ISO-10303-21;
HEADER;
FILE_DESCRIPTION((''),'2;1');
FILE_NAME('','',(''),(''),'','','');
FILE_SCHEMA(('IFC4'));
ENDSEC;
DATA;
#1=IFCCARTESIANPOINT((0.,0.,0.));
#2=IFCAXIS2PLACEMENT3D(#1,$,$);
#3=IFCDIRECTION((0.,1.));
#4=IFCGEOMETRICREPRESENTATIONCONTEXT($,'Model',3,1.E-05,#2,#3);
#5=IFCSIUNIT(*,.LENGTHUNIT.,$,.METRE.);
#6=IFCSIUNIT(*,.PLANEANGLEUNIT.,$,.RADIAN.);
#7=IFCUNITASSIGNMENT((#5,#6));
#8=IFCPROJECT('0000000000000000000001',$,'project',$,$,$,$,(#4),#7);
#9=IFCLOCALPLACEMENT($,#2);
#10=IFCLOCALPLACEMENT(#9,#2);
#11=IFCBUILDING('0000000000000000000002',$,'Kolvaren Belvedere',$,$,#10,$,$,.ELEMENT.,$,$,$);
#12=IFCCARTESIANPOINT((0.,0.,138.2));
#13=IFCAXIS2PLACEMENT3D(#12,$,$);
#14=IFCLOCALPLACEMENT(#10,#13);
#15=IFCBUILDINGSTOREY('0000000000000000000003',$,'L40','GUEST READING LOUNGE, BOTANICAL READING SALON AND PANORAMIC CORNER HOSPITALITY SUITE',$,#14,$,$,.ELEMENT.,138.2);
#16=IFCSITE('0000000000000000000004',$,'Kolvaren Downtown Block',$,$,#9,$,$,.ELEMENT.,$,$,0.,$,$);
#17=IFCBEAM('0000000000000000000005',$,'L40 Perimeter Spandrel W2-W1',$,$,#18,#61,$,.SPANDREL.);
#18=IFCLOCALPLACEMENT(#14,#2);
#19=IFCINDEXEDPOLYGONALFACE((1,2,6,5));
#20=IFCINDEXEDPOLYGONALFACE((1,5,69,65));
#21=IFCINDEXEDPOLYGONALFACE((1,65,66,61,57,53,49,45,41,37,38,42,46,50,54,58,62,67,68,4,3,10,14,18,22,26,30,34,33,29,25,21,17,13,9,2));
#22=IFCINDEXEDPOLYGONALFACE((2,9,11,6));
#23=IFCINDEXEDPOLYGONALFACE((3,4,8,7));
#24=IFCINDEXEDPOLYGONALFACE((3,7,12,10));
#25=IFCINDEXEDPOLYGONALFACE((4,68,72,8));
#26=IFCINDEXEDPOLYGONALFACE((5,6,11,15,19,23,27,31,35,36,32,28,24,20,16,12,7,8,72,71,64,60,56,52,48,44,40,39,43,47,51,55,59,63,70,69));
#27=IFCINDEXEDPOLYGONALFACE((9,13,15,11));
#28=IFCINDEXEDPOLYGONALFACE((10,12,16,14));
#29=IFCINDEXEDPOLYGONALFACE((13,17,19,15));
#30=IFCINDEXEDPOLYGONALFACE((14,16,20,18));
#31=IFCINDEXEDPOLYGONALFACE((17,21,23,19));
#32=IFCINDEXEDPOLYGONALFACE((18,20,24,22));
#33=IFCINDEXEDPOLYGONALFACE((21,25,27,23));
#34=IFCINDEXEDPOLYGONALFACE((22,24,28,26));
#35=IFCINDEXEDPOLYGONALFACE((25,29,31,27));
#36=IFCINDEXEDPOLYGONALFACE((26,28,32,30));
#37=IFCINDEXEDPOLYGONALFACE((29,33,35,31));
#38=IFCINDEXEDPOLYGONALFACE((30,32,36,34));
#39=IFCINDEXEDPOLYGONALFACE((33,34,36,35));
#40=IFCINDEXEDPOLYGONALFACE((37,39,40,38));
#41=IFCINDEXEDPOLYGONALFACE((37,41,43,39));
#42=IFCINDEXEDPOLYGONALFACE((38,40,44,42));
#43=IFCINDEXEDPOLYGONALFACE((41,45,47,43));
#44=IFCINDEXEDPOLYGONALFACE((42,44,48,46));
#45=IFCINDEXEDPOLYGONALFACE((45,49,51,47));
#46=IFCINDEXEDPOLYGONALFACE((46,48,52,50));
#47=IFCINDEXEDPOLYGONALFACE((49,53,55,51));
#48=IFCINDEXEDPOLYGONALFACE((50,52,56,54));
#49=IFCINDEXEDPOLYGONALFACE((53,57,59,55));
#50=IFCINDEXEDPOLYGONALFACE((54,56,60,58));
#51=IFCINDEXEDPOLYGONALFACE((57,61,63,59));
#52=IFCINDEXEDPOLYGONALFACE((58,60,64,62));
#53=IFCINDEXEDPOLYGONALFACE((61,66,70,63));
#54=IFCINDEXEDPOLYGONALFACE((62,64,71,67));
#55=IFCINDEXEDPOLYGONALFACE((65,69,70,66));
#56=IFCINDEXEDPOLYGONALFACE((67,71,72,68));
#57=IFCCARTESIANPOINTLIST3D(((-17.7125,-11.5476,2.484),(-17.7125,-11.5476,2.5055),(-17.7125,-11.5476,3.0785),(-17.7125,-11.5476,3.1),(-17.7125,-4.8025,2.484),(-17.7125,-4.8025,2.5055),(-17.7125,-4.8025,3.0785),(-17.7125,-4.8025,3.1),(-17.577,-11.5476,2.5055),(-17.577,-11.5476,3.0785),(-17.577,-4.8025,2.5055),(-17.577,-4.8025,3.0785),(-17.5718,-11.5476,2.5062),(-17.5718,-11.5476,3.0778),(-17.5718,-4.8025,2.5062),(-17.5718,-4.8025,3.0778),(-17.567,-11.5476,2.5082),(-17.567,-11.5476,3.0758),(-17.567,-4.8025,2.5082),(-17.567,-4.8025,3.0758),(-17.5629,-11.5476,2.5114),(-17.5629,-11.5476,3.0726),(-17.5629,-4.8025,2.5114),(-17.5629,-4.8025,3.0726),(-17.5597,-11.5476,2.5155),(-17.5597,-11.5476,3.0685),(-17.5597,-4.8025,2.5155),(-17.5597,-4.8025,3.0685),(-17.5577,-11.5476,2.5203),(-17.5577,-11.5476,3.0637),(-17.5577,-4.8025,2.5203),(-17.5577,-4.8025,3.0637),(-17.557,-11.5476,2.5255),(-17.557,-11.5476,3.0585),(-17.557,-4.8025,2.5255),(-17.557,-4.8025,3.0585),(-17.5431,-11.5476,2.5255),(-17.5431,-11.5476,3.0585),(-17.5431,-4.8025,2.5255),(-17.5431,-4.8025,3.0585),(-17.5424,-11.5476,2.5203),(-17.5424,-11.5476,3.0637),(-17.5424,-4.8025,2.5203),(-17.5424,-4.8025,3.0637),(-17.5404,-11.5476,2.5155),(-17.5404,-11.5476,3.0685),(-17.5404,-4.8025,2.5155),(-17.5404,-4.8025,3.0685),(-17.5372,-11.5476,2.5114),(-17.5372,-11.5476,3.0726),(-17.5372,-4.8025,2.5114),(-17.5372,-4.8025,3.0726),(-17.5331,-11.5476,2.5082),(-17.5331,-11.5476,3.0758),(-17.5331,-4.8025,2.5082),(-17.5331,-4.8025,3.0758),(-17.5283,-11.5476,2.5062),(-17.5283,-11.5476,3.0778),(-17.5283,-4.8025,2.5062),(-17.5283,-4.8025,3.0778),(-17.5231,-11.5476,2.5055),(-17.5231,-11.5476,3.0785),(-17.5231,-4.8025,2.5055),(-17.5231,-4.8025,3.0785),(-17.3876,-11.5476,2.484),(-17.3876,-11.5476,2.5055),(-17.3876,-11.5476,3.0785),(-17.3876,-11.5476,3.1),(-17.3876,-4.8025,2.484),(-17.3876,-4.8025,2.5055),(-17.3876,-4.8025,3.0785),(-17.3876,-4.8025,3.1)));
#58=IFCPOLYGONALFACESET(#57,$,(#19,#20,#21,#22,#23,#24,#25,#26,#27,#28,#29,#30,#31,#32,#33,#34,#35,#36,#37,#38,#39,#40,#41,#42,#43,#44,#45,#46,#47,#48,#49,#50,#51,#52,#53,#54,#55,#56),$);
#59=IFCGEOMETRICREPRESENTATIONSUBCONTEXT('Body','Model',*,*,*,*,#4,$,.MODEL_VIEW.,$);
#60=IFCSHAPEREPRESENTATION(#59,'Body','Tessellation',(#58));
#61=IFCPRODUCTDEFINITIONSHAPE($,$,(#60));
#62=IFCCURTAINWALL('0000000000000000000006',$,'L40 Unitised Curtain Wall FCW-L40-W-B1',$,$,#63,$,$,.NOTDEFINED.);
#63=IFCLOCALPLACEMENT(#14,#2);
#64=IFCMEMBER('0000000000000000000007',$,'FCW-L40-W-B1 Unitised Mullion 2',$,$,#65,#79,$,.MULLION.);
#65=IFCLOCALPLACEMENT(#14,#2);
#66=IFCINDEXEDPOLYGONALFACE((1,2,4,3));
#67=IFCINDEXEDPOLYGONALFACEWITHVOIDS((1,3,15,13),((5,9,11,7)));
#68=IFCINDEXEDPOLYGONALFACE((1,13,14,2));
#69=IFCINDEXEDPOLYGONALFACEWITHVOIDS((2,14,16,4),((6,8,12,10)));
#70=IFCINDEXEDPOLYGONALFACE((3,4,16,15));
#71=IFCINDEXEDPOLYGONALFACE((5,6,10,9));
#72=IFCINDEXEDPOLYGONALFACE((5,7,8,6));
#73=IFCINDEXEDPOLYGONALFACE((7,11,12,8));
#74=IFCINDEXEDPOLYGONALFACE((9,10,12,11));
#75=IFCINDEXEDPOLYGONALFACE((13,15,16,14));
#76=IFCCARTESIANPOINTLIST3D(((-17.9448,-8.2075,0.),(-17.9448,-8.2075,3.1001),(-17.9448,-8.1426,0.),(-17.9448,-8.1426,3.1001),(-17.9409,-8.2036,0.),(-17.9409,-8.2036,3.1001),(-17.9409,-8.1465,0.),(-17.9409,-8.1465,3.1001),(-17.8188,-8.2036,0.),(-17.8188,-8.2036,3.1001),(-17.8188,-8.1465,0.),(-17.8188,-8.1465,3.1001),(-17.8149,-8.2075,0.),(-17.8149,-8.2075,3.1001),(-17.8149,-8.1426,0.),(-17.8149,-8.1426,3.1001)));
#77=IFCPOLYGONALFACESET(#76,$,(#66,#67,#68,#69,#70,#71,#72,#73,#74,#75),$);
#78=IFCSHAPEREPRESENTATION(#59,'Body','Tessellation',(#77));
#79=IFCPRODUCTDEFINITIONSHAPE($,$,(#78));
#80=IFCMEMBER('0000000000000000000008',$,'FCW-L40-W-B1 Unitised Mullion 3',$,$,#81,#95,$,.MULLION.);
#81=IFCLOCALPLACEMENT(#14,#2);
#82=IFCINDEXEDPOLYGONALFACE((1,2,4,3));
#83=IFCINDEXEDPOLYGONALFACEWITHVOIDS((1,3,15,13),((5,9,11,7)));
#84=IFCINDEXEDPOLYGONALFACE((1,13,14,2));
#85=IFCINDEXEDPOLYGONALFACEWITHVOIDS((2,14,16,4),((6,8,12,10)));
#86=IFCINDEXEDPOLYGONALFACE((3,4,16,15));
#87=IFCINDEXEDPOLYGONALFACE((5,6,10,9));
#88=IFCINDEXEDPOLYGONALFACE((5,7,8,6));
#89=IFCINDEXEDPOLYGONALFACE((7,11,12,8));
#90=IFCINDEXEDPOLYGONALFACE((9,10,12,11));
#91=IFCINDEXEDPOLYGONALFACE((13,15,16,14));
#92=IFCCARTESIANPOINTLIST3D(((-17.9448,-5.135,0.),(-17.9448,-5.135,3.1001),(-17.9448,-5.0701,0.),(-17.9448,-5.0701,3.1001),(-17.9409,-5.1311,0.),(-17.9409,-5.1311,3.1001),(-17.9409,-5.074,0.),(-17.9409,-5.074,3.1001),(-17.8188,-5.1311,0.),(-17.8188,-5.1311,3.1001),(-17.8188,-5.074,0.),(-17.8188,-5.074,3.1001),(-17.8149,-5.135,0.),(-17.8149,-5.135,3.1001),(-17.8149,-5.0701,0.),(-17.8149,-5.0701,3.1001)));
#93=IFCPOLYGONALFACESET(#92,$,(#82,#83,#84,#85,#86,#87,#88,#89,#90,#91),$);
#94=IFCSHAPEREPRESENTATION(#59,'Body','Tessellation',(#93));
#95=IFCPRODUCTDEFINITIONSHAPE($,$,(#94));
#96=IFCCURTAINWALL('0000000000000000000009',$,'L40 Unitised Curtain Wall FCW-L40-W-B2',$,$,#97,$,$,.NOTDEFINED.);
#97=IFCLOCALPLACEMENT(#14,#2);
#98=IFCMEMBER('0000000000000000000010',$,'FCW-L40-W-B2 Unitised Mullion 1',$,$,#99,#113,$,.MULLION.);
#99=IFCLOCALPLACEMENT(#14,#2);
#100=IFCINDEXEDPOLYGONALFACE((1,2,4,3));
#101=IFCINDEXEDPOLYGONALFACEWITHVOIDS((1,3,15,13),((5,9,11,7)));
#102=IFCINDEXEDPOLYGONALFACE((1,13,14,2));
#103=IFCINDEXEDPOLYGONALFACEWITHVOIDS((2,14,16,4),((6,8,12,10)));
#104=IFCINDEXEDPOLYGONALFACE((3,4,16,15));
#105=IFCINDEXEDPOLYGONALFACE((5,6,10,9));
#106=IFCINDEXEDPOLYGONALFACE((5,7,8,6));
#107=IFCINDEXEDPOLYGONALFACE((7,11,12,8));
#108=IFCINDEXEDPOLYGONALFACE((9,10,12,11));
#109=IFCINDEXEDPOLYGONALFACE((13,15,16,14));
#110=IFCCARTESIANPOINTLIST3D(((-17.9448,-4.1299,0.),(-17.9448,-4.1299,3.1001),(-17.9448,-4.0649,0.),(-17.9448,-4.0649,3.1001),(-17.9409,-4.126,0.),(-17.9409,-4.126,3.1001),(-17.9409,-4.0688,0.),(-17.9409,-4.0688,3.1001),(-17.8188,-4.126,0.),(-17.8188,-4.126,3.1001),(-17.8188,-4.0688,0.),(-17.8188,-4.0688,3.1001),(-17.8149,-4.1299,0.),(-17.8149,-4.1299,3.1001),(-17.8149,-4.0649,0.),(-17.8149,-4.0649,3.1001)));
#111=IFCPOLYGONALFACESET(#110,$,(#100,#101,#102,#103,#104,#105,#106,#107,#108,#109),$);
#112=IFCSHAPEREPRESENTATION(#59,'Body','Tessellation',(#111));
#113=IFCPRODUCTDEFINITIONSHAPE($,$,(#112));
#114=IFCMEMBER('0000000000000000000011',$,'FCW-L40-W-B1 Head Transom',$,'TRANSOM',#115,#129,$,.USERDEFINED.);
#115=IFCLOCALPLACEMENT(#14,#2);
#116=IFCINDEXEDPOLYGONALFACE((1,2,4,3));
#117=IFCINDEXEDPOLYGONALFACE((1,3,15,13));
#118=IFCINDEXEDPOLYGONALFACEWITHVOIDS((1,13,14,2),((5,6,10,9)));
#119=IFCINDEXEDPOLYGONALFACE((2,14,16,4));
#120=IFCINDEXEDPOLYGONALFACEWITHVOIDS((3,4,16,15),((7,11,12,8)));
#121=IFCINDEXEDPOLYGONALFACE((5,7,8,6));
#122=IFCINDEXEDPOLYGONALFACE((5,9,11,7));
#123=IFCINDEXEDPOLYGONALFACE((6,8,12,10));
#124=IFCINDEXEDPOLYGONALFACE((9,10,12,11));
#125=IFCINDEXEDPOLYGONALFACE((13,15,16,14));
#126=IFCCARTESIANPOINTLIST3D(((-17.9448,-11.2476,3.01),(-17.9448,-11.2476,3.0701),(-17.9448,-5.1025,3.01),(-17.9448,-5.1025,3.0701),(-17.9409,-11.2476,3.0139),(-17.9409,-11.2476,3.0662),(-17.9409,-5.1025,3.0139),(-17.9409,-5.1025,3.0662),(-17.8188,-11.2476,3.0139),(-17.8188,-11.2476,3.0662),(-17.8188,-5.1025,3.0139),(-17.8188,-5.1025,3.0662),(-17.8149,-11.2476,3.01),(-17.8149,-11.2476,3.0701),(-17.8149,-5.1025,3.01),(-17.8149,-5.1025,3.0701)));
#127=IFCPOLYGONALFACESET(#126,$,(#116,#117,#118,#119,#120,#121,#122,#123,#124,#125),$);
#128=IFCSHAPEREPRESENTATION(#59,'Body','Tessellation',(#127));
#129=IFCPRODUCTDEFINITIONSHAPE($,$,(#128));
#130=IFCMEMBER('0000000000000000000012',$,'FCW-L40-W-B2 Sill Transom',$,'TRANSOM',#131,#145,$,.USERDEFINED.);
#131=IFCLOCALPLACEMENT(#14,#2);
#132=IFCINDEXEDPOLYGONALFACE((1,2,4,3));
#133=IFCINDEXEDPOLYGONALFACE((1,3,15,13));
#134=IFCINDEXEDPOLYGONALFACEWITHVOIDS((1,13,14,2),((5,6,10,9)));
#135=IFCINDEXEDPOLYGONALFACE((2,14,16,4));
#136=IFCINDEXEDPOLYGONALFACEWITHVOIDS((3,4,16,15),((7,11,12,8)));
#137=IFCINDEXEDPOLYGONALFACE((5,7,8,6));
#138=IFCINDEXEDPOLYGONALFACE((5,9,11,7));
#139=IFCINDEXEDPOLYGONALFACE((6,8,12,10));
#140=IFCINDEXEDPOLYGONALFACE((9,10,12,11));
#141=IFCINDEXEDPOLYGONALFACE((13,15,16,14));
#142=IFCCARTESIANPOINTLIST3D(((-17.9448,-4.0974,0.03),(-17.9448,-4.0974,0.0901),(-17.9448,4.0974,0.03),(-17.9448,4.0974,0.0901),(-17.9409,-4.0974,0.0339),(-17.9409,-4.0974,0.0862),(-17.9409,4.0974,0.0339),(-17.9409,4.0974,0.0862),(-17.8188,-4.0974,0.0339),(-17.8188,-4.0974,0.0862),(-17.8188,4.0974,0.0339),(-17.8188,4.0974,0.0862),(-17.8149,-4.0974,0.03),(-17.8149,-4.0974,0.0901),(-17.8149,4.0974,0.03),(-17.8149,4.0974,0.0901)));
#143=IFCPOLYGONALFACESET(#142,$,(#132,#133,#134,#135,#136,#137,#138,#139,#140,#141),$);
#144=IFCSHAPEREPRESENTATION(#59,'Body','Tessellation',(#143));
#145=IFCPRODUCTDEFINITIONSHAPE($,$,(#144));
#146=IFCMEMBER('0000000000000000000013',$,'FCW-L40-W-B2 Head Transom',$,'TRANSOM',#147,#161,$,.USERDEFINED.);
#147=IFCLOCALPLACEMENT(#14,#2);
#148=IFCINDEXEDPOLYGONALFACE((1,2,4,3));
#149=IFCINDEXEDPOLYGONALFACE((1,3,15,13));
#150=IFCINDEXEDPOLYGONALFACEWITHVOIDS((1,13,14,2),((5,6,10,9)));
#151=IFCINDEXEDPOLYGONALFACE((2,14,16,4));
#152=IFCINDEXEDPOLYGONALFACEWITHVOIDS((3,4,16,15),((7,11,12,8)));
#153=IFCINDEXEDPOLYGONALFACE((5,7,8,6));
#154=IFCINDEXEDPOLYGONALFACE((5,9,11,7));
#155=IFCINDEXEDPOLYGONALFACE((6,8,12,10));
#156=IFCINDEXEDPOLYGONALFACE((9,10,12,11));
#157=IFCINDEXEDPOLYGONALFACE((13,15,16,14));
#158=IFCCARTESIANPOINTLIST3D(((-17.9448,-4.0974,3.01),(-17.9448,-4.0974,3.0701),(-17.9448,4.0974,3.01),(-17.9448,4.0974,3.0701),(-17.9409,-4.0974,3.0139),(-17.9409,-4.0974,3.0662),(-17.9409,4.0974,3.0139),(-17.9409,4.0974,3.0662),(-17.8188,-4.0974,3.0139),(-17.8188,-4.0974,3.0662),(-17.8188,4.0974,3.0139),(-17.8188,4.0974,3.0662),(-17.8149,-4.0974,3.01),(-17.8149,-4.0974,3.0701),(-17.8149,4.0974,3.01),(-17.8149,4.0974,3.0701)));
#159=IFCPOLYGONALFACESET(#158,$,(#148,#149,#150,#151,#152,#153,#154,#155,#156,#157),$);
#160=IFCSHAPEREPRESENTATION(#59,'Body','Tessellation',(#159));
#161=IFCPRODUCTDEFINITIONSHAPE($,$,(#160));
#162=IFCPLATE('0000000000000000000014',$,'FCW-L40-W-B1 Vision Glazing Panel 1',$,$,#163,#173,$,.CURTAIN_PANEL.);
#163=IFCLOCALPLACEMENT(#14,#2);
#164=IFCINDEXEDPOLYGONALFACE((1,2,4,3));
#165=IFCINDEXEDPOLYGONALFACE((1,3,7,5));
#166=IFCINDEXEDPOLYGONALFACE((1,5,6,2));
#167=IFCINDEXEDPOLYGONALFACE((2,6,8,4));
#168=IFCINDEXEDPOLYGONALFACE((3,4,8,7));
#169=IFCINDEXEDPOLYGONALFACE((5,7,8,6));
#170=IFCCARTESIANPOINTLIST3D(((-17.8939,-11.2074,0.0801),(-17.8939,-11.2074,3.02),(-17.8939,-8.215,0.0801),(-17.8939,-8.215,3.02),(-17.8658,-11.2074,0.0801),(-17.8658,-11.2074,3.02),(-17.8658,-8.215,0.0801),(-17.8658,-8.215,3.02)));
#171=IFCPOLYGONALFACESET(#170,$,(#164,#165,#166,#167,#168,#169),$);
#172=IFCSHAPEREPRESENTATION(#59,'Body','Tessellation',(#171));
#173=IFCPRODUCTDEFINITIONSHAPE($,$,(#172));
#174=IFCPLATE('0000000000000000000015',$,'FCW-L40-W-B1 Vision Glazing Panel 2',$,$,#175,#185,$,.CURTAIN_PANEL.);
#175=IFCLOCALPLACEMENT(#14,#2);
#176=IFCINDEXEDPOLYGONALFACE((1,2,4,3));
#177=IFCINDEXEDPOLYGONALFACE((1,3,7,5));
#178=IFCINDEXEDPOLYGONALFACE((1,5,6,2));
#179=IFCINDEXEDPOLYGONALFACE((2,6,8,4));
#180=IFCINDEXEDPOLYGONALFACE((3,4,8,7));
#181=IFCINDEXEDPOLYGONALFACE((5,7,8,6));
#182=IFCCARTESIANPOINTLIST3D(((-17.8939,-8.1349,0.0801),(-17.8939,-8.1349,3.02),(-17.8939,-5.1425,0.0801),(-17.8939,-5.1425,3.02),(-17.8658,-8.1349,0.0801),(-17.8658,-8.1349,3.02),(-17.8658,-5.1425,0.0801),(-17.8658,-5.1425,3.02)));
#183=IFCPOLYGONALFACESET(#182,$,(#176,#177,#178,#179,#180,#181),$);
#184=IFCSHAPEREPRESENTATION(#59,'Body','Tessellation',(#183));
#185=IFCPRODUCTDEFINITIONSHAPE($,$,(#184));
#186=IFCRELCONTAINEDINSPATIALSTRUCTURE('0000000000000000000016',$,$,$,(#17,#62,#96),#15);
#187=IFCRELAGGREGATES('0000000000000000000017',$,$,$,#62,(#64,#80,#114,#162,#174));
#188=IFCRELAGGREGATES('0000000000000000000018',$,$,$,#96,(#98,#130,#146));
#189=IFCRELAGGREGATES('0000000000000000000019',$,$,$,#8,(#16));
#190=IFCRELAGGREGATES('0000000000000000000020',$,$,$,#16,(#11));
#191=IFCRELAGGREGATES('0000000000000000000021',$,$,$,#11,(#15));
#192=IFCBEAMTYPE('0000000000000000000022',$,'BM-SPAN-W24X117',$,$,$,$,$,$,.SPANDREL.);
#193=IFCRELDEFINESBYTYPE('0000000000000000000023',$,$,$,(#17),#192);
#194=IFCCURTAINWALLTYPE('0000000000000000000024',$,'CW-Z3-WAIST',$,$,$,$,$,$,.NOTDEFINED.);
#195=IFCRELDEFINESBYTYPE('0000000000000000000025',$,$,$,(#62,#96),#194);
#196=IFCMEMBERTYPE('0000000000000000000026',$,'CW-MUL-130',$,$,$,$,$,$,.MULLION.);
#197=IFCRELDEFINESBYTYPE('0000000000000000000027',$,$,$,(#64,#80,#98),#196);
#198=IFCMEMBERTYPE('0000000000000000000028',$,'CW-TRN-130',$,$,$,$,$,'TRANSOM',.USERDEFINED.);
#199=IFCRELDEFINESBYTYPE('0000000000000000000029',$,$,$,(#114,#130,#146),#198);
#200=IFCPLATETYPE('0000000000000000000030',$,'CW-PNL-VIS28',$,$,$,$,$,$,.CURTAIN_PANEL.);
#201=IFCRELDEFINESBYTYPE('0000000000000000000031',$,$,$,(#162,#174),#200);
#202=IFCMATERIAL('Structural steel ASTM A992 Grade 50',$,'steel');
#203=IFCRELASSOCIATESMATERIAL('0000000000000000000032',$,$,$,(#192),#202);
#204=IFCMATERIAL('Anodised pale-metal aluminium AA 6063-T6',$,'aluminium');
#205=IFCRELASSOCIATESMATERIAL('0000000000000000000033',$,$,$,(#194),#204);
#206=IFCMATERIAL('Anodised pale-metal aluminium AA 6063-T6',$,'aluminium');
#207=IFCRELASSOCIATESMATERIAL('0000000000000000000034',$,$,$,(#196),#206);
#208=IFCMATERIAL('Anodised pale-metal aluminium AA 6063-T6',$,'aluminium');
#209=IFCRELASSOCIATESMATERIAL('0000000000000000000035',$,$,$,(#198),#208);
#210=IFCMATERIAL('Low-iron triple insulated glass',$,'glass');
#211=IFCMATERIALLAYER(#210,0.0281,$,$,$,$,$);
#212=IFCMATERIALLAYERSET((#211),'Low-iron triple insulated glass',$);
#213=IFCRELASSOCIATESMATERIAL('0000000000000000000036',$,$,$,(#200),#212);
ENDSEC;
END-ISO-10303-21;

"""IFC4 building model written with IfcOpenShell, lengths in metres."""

from ifc_helpers import new_model, si_unit, direction, frame, origin, origin_2d, place, context, subcontext, project, spatial, rectangle, hollow_rectangle, i_section, extrude, material, layer, layer_set, material_profile, profile_set, type_object, element, aggregate, save


model = new_model("IFC4")

# Units and contexts
model_context = context("Model", 3, precision=1e-05, world=origin(), true_north=direction((0.0, 1.0)))
body_context = subcontext(model_context, "Body", "Model", "MODEL_VIEW")
ifc_project = project(units=[si_unit("LENGTHUNIT", "METRE"), si_unit("PLANEANGLEUNIT", "RADIAN")], contexts=[model_context])

# Site, building, storey
site_placement = place(None, origin())
site = spatial("IfcSite", under=ifc_project, at=site_placement, Name="Kolvaren Downtown Block", CompositionType="ELEMENT", RefElevation=0.0)
building_placement = place(site_placement, origin())
building = spatial("IfcBuilding", under=site, at=building_placement, Name="Kolvaren Belvedere", CompositionType="ELEMENT")
storey_placement = place(building_placement, frame((0.0, 0.0, 138.2)))
storey = spatial("IfcBuildingStorey", under=building, at=storey_placement, Name="L40", Description="GUEST READING LOUNGE, BOTANICAL READING SALON AND PANORAMIC CORNER HOSPITALITY SUITE", CompositionType="ELEMENT", Elevation=138.2)

# Beam
ifc_material_1 = material(Name="Structural steel ASTM A992 Grade 50", Category="steel")
ifc_material_profile_1 = material_profile(ifc_material_1, i_section(OverallWidth=0.325, OverallDepth=0.616, WebThickness=0.0139, FlangeThickness=0.0215, FilletRadius=0.02, at=origin_2d()), Name="W24X117")
ifc_profile_set_1 = profile_set([ifc_material_profile_1], Name="Structural steel ASTM A992 Grade 50")
beam_type_1 = type_object("IfcBeamType", Name="BM-SPAN-W24X117", PredefinedType="SPANDREL", material=ifc_profile_set_1)
beam_1_placement = place(storey_placement, frame((-17.55, -4.8025, 2.792), z_axis=(0.0, -1.0, 0.0), x_axis=(1.0, 0.0, 0.0)))
element("IfcBeam", 1, at=beam_1_placement, inside=storey, type_object=beam_type_1, Name="L40 Perimeter Spandrel W2-W1", PredefinedType="SPANDREL", context=body_context, shape_type="SweptSolid", body=[
    extrude(i_section(OverallWidth=0.325, OverallDepth=0.616, WebThickness=0.0139, FlangeThickness=0.0215, FilletRadius=0.02, at=origin_2d()), origin(), (0.0, 0.0, 1.0), 6.7451),
])

# Curtain wall, members
ifc_material_2 = material(Name="Anodised pale-metal aluminium AA 6063-T6", Category="aluminium")
curtain_wall_type = type_object("IfcCurtainWallType", Name="CW-Z3-WAIST", PredefinedType="NOTDEFINED", material=ifc_material_2)
curtain_wall_1_placement = place(storey_placement, origin())
curtain_wall_1 = element("IfcCurtainWall", 2, at=curtain_wall_1_placement, inside=storey, type_object=curtain_wall_type, Name="L40 Unitised Curtain Wall FCW-L40-W-B1", PredefinedType="NOTDEFINED")
ifc_material_3 = material(Name="Anodised pale-metal aluminium AA 6063-T6", Category="aluminium")
ifc_material_profile_2 = material_profile(ifc_material_3, hollow_rectangle(XDim=0.0649, YDim=0.1299, WallThickness=0.0039, at=origin_2d()), Name="ALU-MUL-130X65")
ifc_profile_set_2 = profile_set([ifc_material_profile_2], Name="Anodised pale-metal aluminium AA 6063-T6")
member_type_1 = type_object("IfcMemberType", Name="CW-MUL-130", PredefinedType="MULLION", material=ifc_profile_set_2)
member_1_placement = place(storey_placement, frame((-17.8799, -8.175, 0.0), z_axis=(0.0, 0.0, 1.0), x_axis=(0.0, 1.0, 0.0)))
member_1 = element("IfcMember", 3, at=member_1_placement, type_object=member_type_1, Name="FCW-L40-W-B1 Unitised Mullion 2", PredefinedType="MULLION", context=body_context, shape_type="SweptSolid", body=[
    extrude(hollow_rectangle(XDim=0.0649, YDim=0.1299, WallThickness=0.0039, at=origin_2d()), origin(), (0.0, 0.0, 1.0), 3.1001),
])
member_2_placement = place(storey_placement, frame((-17.8799, -5.1025, 0.0), z_axis=(0.0, 0.0, 1.0), x_axis=(0.0, 1.0, 0.0)))
member_2 = element("IfcMember", 4, at=member_2_placement, type_object=member_type_1, Name="FCW-L40-W-B1 Unitised Mullion 3", PredefinedType="MULLION", context=body_context, shape_type="SweptSolid", body=[
    extrude(hollow_rectangle(XDim=0.0649, YDim=0.1299, WallThickness=0.0039, at=origin_2d()), origin(), (0.0, 0.0, 1.0), 3.1001),
])

# Curtain wall, member
curtain_wall_2_placement = place(storey_placement, origin())
curtain_wall_2 = element("IfcCurtainWall", 5, at=curtain_wall_2_placement, inside=storey, type_object=curtain_wall_type, Name="L40 Unitised Curtain Wall FCW-L40-W-B2", PredefinedType="NOTDEFINED")
member_3_placement = place(storey_placement, frame((-17.8799, -4.0974, 0.0), z_axis=(0.0, 0.0, 1.0), x_axis=(0.0, 1.0, 0.0)))
member_3 = element("IfcMember", 6, at=member_3_placement, type_object=member_type_1, Name="FCW-L40-W-B2 Unitised Mullion 1", PredefinedType="MULLION", context=body_context, shape_type="SweptSolid", body=[
    extrude(hollow_rectangle(XDim=0.0649, YDim=0.1299, WallThickness=0.0039, at=origin_2d()), origin(), (0.0, 0.0, 1.0), 3.1001),
])

# Members
ifc_material_4 = material(Name="Anodised pale-metal aluminium AA 6063-T6", Category="aluminium")
ifc_material_profile_3 = material_profile(ifc_material_4, hollow_rectangle(XDim=0.0601, YDim=0.1299, WallThickness=0.0039, at=origin_2d()), Name="ALU-TRN-130X60")
ifc_profile_set_3 = profile_set([ifc_material_profile_3], Name="Anodised pale-metal aluminium AA 6063-T6")
member_type_2 = type_object("IfcMemberType", Name="CW-TRN-130", ElementType="TRANSOM", PredefinedType="USERDEFINED", material=ifc_profile_set_3)
member_4_placement = place(storey_placement, frame((-17.8799, -11.2476, 3.04), z_axis=(0.0, 1.0, 0.0), x_axis=(0.0, 0.0, 1.0)))
member_4 = element("IfcMember", 7, at=member_4_placement, type_object=member_type_2, Name="FCW-L40-W-B1 Head Transom", ObjectType="TRANSOM", PredefinedType="USERDEFINED", context=body_context, shape_type="SweptSolid", body=[
    extrude(hollow_rectangle(XDim=0.0601, YDim=0.1299, WallThickness=0.0039, at=origin_2d()), origin(), (0.0, 0.0, 1.0), 6.145),
])
member_5_placement = place(storey_placement, frame((-17.8799, -4.0974, 0.0601), z_axis=(0.0, 1.0, 0.0), x_axis=(0.0, 0.0, 1.0)))
member_5 = element("IfcMember", 8, at=member_5_placement, type_object=member_type_2, Name="FCW-L40-W-B2 Sill Transom", ObjectType="TRANSOM", PredefinedType="USERDEFINED", context=body_context, shape_type="SweptSolid", body=[
    extrude(hollow_rectangle(XDim=0.0601, YDim=0.1299, WallThickness=0.0039, at=origin_2d()), origin(), (0.0, 0.0, 1.0), 8.1948),
])
member_6_placement = place(storey_placement, frame((-17.8799, -4.0974, 3.04), z_axis=(0.0, 1.0, 0.0), x_axis=(0.0, 0.0, 1.0)))
member_6 = element("IfcMember", 9, at=member_6_placement, type_object=member_type_2, Name="FCW-L40-W-B2 Head Transom", ObjectType="TRANSOM", PredefinedType="USERDEFINED", context=body_context, shape_type="SweptSolid", body=[
    extrude(hollow_rectangle(XDim=0.0601, YDim=0.1299, WallThickness=0.0039, at=origin_2d()), origin(), (0.0, 0.0, 1.0), 8.1948),
])

# Plates
ifc_material_5 = material(Name="Low-iron triple insulated glass", Category="glass")
ifc_layer_1 = layer(ifc_material_5, 0.0281)
ifc_layer_set_1 = layer_set([ifc_layer_1], Name="Low-iron triple insulated glass")
plate_type_1 = type_object("IfcPlateType", Name="CW-PNL-VIS28", PredefinedType="CURTAIN_PANEL", material=ifc_layer_set_1)
plate_1_placement = place(storey_placement, frame((-17.8799, -9.7112, 0.0801), z_axis=(0.0, 0.0, 1.0), x_axis=(0.0, 1.0, 0.0)))
plate_1 = element("IfcPlate", 10, at=plate_1_placement, type_object=plate_type_1, Name="FCW-L40-W-B1 Vision Glazing Panel 1", PredefinedType="CURTAIN_PANEL", context=body_context, shape_type="SweptSolid", body=[
    extrude(rectangle(XDim=2.9924, YDim=0.0281, at=origin_2d()), origin(), (0.0, 0.0, 1.0), 2.9399),
])
plate_2_placement = place(storey_placement, frame((-17.8799, -6.6387, 0.0801), z_axis=(0.0, 0.0, 1.0), x_axis=(0.0, 1.0, 0.0)))
plate_2 = element("IfcPlate", 11, at=plate_2_placement, type_object=plate_type_1, Name="FCW-L40-W-B1 Vision Glazing Panel 2", PredefinedType="CURTAIN_PANEL", context=body_context, shape_type="SweptSolid", body=[
    extrude(rectangle(XDim=2.9924, YDim=0.0281, at=origin_2d()), origin(), (0.0, 0.0, 1.0), 2.9399),
])
aggregate(curtain_wall_1, [member_1, member_2, member_4, plate_1, plate_2])
aggregate(curtain_wall_2, [member_3, member_5, member_6])

save(model, "model.ifc")
